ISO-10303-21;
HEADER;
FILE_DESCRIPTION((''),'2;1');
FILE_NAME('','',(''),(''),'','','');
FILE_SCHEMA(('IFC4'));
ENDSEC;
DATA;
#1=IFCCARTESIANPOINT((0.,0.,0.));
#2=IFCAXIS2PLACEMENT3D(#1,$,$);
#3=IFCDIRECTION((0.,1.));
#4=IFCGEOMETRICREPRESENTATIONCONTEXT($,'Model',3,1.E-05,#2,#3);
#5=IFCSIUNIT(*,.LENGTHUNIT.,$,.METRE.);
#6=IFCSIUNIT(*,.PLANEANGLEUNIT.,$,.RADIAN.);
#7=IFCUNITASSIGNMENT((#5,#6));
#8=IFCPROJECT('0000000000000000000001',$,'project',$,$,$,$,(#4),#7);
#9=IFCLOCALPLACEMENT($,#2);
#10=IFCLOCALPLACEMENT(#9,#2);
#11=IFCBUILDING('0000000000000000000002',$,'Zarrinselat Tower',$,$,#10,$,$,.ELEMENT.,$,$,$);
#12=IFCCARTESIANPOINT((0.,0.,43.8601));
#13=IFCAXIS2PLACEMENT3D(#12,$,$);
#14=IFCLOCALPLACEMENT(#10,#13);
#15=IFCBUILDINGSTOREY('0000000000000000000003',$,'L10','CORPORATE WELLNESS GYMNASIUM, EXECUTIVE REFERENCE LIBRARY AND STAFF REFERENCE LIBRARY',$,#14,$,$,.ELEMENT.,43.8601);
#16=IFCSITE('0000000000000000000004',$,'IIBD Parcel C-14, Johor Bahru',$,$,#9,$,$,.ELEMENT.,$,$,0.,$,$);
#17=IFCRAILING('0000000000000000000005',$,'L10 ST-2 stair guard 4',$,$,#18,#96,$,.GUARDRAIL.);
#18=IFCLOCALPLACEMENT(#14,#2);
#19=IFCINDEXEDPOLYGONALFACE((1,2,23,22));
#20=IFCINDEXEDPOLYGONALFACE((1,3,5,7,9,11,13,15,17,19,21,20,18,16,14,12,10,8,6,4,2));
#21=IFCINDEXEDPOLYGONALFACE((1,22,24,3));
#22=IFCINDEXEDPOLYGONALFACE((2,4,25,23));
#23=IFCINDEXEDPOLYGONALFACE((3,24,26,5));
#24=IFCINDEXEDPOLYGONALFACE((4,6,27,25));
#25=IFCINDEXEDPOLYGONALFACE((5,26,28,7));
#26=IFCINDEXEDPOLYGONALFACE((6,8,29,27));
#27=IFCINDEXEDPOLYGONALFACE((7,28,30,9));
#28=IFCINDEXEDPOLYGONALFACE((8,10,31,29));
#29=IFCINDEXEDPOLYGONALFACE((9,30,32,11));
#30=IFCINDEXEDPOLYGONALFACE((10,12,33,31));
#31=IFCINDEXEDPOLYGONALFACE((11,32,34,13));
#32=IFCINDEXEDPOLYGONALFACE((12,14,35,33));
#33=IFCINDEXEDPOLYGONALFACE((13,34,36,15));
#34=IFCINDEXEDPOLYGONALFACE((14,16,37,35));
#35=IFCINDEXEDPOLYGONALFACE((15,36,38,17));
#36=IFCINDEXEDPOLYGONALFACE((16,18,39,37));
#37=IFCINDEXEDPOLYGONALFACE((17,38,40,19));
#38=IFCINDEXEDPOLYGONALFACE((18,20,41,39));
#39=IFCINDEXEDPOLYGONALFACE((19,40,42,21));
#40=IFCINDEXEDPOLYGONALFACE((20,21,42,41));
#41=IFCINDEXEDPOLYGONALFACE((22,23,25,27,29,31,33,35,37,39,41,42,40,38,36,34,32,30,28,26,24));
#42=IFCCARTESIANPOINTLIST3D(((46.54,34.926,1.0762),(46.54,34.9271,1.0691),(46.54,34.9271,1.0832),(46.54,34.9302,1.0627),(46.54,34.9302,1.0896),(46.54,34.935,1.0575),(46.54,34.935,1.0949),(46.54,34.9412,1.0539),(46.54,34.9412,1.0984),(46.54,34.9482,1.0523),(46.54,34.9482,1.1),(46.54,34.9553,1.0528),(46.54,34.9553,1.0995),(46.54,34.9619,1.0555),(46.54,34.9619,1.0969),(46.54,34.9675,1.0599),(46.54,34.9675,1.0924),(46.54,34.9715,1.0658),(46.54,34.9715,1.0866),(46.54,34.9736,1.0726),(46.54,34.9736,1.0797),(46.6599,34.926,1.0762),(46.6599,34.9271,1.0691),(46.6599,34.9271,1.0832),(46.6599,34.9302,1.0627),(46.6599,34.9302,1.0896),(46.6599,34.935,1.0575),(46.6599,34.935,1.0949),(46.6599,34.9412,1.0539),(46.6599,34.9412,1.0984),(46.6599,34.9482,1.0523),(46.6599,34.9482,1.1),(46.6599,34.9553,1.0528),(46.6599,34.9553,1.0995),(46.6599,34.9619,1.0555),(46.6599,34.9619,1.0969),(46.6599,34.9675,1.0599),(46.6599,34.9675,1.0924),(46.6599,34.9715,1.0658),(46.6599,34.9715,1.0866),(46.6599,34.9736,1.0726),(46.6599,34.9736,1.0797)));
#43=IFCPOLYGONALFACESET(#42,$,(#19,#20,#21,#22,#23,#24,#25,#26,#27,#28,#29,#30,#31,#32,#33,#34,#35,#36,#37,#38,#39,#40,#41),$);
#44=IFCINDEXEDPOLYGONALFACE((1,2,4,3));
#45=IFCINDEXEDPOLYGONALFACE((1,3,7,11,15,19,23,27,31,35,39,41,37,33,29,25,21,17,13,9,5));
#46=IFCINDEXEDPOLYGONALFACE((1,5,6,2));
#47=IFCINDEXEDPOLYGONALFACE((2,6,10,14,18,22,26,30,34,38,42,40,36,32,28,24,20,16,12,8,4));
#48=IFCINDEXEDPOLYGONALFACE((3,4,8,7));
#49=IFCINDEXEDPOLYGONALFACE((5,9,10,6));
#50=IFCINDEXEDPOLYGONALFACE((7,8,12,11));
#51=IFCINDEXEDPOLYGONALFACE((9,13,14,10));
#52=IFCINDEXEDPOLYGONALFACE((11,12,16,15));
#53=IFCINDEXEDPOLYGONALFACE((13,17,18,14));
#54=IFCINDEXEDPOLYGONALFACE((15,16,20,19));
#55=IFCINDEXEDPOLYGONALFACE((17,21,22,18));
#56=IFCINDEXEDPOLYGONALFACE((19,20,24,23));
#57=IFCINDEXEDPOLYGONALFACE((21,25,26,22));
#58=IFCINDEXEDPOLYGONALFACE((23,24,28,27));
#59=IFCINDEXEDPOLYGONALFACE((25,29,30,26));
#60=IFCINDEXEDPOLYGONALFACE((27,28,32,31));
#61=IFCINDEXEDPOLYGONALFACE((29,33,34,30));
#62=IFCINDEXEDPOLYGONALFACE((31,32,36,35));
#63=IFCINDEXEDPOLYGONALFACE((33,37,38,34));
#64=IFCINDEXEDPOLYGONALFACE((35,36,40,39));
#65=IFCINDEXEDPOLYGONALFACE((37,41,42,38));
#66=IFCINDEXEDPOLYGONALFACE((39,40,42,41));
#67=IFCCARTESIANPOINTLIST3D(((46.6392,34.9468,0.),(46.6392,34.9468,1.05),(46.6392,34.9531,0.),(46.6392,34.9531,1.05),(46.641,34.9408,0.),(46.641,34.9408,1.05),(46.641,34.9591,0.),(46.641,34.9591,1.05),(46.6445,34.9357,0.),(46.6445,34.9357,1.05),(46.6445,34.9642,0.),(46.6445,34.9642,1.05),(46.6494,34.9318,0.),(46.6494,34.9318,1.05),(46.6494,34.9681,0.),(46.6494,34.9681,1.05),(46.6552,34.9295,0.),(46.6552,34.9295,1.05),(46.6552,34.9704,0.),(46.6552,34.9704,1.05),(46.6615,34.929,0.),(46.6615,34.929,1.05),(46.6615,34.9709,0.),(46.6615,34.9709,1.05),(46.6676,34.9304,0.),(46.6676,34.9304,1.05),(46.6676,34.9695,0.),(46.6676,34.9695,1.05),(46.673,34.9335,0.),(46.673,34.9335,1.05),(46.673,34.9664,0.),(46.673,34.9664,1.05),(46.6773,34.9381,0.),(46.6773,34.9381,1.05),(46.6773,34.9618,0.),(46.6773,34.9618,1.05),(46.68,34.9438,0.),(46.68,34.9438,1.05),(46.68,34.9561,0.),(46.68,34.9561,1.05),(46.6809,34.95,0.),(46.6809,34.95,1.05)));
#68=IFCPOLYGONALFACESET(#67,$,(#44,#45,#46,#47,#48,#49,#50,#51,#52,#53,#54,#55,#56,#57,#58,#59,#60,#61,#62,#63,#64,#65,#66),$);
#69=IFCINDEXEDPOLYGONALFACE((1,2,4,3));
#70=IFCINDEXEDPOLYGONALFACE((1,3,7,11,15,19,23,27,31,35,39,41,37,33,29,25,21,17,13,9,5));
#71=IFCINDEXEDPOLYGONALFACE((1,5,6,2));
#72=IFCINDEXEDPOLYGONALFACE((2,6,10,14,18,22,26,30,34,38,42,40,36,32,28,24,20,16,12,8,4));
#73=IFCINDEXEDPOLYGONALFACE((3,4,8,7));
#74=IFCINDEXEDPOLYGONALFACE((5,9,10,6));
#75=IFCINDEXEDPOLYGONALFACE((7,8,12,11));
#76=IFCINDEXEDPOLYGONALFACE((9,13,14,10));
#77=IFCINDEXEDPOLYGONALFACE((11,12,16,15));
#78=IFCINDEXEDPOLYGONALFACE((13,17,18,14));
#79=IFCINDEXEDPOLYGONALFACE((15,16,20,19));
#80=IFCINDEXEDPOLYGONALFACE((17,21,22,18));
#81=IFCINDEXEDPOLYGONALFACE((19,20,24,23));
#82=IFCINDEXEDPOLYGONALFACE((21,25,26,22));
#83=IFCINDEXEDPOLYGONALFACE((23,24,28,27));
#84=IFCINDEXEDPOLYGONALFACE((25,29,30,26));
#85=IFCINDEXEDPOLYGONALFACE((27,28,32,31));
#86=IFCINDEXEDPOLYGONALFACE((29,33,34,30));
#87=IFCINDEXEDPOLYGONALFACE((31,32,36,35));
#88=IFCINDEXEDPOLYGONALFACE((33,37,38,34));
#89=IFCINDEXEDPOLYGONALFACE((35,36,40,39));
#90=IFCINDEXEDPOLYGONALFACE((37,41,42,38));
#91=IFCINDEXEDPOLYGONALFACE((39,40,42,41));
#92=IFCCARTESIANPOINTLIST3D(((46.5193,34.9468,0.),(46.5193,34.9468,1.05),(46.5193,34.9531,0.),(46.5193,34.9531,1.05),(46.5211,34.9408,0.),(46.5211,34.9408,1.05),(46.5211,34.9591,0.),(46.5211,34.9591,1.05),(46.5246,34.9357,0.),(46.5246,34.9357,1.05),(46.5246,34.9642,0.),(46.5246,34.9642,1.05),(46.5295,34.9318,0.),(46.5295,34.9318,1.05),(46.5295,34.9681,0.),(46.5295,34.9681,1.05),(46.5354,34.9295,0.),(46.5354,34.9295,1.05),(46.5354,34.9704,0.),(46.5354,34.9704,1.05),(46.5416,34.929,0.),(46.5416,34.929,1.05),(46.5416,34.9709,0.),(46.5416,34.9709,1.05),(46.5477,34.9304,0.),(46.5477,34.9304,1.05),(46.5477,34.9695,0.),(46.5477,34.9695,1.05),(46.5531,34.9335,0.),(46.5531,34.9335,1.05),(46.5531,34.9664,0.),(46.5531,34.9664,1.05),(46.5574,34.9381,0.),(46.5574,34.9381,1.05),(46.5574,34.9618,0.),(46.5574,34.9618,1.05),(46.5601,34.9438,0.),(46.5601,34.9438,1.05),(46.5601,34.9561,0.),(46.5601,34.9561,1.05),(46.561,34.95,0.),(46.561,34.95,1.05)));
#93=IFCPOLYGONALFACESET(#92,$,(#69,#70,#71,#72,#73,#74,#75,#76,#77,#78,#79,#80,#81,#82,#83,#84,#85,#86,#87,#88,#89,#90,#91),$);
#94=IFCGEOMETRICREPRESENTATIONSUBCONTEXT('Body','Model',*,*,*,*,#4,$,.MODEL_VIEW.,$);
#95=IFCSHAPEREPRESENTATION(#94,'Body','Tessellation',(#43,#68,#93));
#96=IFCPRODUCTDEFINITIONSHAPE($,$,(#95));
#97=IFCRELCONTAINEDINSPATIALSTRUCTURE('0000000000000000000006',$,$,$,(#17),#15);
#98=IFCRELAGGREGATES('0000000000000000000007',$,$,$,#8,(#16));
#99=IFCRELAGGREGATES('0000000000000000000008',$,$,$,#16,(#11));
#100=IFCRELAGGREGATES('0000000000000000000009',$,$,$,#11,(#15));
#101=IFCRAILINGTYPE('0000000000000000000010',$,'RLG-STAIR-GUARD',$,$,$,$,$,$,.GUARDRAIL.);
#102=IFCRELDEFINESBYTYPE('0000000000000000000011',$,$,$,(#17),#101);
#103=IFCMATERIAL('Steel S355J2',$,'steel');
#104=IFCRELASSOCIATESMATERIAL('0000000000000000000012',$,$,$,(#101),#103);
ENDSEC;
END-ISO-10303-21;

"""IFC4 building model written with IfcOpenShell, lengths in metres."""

from ifc_helpers import new_model, si_unit, direction, frame, origin, origin_2d, place, context, subcontext, project, spatial, circle, extrude, material, type_object, element, save


model = new_model("IFC4")

# Units and contexts
model_context = context("Model", 3, precision=1e-05, world=origin(), true_north=direction((0.0, 1.0)))
body_context = subcontext(model_context, "Body", "Model", "MODEL_VIEW")
ifc_project = project(units=[si_unit("LENGTHUNIT", "METRE"), si_unit("PLANEANGLEUNIT", "RADIAN")], contexts=[model_context])

# Site, building, storey
site_placement = place(None, origin())
site = spatial("IfcSite", under=ifc_project, at=site_placement, Name="IIBD Parcel C-14, Johor Bahru", CompositionType="ELEMENT", RefElevation=0.0)
building_placement = place(site_placement, origin())
building = spatial("IfcBuilding", under=site, at=building_placement, Name="Zarrinselat Tower", CompositionType="ELEMENT")
storey_placement = place(building_placement, frame((0.0, 0.0, 43.8601)))
storey = spatial("IfcBuildingStorey", under=building, at=storey_placement, Name="L10", Description="CORPORATE WELLNESS GYMNASIUM, EXECUTIVE REFERENCE LIBRARY AND STAFF REFERENCE LIBRARY", CompositionType="ELEMENT", Elevation=43.8601)

# Railing
ifc_material_1 = material(Name="Steel S355J2", Category="steel")
railing_type_1 = type_object("IfcRailingType", Name="RLG-STAIR-GUARD", PredefinedType="GUARDRAIL", material=ifc_material_1)
railing_1_placement = place(storey_placement, frame((46.6599, 34.95, 0.0)))
element("IfcRailing", 1, at=railing_1_placement, inside=storey, type_object=railing_type_1, Name="L10 ST-2 stair guard 4", PredefinedType="GUARDRAIL", context=body_context, shape_type="SweptSolid", body=[
    extrude(circle(Radius=0.0239, at=origin_2d()), frame((0.0, 0.0, 1.0762), z_axis=(-1.0, 0.0, 0.0), x_axis=(0.0, -1.0, 0.0)), (0.0, 0.0, 1.0), 0.1199),
    extrude(circle(Radius=0.021, at=origin_2d()), origin(), (0.0, 0.0, 1.0), 1.05),
    extrude(circle(Radius=0.021, at=origin_2d()), frame((-0.1199, 0.0, 0.0)), (0.0, 0.0, 1.0), 1.05),
])

save(model, "model.ifc")
